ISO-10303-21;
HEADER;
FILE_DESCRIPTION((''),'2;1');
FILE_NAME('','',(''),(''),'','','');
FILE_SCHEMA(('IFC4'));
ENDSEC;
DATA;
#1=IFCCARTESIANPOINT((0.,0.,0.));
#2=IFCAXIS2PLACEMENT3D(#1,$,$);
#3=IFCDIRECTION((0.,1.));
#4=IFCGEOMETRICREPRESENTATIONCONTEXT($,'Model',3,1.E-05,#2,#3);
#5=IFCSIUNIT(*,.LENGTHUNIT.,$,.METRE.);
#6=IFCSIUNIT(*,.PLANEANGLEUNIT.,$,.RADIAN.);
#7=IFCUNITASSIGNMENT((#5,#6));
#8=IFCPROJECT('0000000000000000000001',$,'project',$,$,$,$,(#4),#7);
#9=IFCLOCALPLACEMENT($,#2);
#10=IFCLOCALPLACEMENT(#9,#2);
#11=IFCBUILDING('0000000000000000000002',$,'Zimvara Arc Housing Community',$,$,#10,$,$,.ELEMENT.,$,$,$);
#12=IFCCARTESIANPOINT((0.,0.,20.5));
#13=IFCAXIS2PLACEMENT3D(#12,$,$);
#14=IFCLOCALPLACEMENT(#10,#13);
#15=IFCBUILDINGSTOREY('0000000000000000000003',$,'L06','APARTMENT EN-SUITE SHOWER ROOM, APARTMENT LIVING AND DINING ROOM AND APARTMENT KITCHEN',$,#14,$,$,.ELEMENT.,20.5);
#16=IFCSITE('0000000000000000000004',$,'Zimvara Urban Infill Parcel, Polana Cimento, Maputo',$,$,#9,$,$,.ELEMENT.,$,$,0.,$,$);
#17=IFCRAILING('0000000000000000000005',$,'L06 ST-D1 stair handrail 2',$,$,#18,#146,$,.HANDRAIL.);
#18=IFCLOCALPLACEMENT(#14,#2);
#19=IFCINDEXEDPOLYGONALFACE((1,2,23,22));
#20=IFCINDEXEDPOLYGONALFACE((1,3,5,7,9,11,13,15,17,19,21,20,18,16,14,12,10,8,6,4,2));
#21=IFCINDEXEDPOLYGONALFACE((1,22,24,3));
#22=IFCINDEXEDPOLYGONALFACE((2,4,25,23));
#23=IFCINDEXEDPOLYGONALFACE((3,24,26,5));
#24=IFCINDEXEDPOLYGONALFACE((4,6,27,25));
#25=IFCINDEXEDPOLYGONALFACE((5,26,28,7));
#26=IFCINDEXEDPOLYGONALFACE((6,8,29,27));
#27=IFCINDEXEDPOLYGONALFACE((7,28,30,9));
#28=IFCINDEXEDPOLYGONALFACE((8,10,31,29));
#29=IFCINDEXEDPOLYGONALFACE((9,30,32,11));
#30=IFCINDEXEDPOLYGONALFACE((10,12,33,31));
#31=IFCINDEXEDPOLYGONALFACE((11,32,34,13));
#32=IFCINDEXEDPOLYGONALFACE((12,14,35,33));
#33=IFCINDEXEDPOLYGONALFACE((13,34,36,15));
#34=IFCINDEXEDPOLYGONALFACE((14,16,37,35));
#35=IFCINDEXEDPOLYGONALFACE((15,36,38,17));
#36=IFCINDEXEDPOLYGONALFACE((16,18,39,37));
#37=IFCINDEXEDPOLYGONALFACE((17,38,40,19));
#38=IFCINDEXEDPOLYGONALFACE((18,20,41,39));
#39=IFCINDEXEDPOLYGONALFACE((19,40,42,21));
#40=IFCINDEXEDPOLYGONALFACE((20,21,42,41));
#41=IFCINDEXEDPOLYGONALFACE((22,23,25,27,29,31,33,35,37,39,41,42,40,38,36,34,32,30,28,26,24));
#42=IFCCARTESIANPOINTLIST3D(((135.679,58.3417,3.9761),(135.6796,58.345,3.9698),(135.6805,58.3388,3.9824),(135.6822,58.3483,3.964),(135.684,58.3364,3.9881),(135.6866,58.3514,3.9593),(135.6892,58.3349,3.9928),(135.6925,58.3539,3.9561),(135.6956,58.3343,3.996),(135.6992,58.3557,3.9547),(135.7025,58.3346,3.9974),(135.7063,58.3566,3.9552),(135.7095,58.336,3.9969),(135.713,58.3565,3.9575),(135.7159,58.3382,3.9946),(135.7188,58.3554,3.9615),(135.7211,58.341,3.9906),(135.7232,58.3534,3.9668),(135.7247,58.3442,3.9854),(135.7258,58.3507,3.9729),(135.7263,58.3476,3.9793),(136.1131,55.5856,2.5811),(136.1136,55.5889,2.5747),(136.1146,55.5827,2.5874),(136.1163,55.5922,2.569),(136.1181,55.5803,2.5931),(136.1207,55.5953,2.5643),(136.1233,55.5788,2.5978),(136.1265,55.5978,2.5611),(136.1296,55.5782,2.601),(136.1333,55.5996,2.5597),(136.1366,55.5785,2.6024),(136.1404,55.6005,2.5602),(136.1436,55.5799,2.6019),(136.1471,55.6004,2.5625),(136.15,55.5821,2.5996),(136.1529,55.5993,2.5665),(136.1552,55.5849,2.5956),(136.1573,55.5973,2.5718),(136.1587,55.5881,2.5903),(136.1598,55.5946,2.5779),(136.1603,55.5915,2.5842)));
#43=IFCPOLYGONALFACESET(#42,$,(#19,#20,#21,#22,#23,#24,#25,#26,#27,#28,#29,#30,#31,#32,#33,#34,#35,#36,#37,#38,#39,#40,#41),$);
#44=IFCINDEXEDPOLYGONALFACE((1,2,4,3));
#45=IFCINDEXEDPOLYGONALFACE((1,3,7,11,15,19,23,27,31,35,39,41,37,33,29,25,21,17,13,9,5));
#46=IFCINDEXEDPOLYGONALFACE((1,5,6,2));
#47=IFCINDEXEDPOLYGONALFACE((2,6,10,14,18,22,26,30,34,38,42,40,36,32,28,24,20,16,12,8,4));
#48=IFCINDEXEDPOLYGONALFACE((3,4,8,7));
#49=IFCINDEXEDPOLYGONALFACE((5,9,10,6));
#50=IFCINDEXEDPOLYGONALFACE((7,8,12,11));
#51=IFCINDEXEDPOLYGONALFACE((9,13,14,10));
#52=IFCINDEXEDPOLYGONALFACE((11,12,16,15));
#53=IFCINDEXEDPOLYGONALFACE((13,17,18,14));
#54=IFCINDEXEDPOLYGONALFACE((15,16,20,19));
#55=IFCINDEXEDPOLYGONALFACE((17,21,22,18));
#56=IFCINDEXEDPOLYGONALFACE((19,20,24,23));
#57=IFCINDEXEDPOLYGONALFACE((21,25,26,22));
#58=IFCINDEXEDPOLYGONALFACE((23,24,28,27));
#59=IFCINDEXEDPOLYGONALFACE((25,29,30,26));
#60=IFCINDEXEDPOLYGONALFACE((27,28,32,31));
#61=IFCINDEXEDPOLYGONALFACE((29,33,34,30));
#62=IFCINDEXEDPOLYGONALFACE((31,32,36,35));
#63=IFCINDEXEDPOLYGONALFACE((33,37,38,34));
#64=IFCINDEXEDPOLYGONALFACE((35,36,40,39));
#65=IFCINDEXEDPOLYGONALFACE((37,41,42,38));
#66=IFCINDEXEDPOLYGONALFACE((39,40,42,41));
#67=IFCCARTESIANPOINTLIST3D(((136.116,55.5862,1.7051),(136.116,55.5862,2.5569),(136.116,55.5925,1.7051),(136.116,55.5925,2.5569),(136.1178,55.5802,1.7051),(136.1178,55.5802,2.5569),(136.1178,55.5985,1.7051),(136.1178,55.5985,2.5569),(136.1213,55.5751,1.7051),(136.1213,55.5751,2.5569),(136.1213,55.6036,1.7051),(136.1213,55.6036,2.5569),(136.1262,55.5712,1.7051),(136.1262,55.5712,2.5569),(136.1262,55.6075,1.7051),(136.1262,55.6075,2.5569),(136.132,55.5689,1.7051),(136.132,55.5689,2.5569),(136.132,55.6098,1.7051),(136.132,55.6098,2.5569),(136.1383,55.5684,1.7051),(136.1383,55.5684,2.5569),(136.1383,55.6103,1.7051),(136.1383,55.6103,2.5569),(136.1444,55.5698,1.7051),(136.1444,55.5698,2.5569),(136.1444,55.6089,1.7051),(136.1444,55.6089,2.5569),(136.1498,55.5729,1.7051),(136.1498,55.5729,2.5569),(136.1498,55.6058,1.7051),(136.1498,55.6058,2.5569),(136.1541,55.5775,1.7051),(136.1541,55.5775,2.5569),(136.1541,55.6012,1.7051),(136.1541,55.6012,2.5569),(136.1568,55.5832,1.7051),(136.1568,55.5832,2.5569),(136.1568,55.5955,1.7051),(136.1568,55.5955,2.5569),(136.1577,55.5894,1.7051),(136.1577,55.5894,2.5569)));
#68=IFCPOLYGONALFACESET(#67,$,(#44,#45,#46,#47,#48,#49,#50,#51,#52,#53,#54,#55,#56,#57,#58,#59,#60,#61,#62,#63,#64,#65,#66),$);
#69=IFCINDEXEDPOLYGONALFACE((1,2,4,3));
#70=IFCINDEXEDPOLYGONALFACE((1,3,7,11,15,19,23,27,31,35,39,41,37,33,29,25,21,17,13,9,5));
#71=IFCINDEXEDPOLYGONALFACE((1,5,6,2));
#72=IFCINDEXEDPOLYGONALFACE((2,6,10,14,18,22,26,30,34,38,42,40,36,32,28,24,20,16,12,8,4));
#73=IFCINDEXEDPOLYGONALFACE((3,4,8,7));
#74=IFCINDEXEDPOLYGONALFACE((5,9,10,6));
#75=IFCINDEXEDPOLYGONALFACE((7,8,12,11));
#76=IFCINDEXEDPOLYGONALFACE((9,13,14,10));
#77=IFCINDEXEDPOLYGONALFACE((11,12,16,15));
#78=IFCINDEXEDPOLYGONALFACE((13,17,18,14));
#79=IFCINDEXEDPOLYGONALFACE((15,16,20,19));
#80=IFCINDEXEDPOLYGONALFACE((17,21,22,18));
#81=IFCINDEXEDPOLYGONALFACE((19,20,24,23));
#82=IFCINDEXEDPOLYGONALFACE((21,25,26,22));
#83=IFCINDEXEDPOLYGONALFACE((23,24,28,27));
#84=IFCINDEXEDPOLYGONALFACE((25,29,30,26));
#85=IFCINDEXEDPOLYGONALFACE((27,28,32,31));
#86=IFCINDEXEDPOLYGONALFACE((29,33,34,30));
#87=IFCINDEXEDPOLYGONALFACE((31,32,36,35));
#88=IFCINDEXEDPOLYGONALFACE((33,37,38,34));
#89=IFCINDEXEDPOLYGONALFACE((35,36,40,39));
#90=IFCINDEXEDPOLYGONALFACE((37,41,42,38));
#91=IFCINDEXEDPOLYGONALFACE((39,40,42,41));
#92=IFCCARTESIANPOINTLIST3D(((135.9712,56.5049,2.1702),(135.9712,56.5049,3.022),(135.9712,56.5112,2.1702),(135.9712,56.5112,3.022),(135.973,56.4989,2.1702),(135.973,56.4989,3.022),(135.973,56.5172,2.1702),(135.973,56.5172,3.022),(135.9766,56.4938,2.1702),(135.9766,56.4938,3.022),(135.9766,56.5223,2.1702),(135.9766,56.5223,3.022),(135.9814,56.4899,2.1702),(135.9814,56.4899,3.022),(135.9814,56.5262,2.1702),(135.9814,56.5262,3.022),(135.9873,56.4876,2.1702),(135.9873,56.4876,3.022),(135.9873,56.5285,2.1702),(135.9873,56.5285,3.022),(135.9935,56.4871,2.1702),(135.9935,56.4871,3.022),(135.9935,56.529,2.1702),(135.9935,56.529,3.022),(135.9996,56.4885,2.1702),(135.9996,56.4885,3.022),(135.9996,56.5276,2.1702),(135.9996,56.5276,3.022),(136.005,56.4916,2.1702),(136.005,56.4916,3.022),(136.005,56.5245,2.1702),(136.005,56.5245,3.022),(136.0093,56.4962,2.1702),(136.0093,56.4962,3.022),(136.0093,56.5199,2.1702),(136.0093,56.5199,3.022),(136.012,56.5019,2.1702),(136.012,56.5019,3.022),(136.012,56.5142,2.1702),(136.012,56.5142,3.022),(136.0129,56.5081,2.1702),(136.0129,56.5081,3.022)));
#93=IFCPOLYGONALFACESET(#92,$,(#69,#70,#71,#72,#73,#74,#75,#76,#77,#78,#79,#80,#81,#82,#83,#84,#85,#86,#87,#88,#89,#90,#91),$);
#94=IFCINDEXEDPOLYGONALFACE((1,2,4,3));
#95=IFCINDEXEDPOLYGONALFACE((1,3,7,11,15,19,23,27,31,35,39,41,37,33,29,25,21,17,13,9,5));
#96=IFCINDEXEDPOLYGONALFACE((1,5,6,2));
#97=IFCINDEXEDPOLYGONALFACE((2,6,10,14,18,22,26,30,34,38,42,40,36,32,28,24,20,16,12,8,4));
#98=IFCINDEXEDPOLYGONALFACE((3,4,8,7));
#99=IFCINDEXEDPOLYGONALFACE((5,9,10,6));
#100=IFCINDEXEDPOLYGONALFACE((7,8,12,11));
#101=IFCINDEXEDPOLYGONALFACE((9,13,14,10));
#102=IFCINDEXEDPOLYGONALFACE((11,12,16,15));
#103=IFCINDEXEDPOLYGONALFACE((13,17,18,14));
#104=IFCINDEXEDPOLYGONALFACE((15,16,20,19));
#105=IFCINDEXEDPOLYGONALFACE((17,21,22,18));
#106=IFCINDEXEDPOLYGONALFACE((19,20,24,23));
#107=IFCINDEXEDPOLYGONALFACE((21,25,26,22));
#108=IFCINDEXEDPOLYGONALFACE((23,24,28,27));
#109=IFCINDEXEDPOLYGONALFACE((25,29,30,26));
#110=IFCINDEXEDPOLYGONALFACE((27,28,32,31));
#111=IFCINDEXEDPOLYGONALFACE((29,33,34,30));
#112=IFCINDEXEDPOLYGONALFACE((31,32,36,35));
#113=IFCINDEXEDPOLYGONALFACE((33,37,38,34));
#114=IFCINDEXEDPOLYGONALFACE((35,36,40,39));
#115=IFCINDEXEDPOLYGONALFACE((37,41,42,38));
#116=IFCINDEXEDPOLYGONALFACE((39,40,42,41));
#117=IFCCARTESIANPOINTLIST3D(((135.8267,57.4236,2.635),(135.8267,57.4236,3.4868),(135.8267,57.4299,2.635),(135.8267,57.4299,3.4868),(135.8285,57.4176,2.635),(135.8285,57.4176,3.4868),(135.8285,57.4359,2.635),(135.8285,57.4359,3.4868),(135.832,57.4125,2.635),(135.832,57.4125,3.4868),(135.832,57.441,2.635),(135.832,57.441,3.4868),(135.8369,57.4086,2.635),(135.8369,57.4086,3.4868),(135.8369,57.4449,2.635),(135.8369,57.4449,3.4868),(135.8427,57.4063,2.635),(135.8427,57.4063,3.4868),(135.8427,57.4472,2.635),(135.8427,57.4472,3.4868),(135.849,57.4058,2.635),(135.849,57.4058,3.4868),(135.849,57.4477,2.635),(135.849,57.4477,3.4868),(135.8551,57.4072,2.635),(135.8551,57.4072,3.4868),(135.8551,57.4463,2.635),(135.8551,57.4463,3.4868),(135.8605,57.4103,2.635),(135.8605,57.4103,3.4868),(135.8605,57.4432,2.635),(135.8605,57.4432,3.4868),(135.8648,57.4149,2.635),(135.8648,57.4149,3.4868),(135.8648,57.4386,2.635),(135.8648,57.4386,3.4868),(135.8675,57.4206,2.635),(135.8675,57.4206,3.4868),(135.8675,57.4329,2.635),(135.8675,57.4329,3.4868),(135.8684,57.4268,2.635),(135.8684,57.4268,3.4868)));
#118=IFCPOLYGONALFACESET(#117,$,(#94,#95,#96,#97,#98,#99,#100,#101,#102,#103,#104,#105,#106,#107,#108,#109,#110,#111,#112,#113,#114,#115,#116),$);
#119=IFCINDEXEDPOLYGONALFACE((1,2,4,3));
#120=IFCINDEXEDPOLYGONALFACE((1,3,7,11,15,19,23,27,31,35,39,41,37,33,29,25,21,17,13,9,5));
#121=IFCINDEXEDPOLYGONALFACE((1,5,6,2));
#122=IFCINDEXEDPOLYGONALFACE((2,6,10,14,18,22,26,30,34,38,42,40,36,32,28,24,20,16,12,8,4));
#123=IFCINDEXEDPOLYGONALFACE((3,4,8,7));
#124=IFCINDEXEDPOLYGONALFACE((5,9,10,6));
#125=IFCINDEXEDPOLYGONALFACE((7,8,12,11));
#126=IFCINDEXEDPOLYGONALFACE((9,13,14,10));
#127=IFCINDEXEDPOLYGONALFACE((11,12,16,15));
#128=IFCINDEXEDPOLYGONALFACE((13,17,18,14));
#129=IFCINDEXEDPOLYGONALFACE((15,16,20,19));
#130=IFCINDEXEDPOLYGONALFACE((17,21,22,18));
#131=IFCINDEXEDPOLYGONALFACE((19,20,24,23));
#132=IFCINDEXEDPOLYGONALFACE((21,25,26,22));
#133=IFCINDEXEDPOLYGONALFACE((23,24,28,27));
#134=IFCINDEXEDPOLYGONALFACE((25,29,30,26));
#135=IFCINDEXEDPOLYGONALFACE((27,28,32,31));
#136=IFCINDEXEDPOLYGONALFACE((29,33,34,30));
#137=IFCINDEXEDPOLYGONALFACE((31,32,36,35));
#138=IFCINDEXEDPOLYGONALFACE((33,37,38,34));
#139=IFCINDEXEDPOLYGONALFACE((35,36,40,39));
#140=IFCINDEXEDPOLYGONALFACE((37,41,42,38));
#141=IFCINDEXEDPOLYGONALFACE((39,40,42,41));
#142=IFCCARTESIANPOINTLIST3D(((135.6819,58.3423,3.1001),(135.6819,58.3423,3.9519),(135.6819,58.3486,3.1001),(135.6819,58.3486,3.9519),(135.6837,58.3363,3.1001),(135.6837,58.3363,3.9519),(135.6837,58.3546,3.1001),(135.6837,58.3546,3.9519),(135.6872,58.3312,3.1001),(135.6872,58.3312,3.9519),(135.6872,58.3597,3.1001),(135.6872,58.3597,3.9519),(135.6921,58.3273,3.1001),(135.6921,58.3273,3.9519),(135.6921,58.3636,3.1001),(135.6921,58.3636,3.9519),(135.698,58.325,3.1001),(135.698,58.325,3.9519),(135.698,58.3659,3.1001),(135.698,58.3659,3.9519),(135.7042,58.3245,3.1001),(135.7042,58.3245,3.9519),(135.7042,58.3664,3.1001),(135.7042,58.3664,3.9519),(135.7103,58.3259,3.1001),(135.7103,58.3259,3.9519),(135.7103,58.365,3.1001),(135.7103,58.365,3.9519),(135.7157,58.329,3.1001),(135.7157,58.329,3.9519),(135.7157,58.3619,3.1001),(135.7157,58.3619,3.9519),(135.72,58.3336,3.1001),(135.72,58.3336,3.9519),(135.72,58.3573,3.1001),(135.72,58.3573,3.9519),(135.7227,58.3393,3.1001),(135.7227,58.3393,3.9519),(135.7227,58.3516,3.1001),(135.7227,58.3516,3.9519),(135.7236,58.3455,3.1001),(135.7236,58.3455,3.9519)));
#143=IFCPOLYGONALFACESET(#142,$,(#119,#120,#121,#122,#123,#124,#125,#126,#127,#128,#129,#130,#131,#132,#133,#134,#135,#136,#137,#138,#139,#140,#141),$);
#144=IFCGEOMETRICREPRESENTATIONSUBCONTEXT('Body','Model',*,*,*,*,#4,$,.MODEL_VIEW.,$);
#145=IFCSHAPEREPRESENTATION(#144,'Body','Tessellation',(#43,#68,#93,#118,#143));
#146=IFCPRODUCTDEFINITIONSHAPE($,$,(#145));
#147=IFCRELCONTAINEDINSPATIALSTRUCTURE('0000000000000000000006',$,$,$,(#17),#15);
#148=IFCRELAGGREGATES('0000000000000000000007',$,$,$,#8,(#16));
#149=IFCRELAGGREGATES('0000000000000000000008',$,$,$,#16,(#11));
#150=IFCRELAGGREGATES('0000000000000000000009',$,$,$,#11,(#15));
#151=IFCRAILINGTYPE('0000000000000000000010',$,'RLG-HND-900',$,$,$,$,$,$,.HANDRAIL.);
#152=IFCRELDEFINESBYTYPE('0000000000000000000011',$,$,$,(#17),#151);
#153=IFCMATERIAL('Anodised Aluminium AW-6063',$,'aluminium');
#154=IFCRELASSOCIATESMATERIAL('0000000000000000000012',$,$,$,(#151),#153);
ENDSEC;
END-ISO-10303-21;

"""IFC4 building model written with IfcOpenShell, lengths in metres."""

from ifc_helpers import new_model, si_unit, direction, frame, origin, origin_2d, place, context, subcontext, project, spatial, circle, extrude, material, type_object, element, save


model = new_model("IFC4")

# Units and contexts
model_context = context("Model", 3, precision=1e-05, world=origin(), true_north=direction((0.0, 1.0)))
body_context = subcontext(model_context, "Body", "Model", "MODEL_VIEW")
ifc_project = project(units=[si_unit("LENGTHUNIT", "METRE"), si_unit("PLANEANGLEUNIT", "RADIAN")], contexts=[model_context])

# Site, building, storey
site_placement = place(None, origin())
site = spatial("IfcSite", under=ifc_project, at=site_placement, Name="Zimvara Urban Infill Parcel, Polana Cimento, Maputo", CompositionType="ELEMENT", RefElevation=0.0)
building_placement = place(site_placement, origin())
building = spatial("IfcBuilding", under=site, at=building_placement, Name="Zimvara Arc Housing Community", CompositionType="ELEMENT")
storey_placement = place(building_placement, frame((0.0, 0.0, 20.5)))
storey = spatial("IfcBuildingStorey", under=building, at=storey_placement, Name="L06", Description="APARTMENT EN-SUITE SHOWER ROOM, APARTMENT LIVING AND DINING ROOM AND APARTMENT KITCHEN", CompositionType="ELEMENT", Elevation=20.5)

# Railing
ifc_material_1 = material(Name="Anodised Aluminium AW-6063", Category="aluminium")
railing_type_1 = type_object("IfcRailingType", Name="RLG-HND-900", PredefinedType="HANDRAIL", material=ifc_material_1)
railing_1_placement = place(storey_placement, frame((136.1367, 55.5894, 1.7051)))
element("IfcRailing", 1, at=railing_1_placement, inside=storey, type_object=railing_type_1, Name="L06 ST-D1 stair handrail 2", PredefinedType="HANDRAIL", context=body_context, shape_type="SweptSolid", body=[
    extrude(circle(Radius=0.0239, at=origin_2d()), frame((0.0, 0.0, 0.876), z_axis=(-0.139156, 0.883538, 0.447209), x_axis=(-0.987823, -0.155581, 0.0)), (0.0, 0.0, 1.0), 3.1194),
    extrude(circle(Radius=0.021, at=origin_2d()), origin(), (0.0, 0.0, 1.0), 0.8518),
    extrude(circle(Radius=0.021, at=origin_2d()), frame((-0.1448, 0.9187, 0.4651)), (0.0, 0.0, 1.0), 0.8518),
    extrude(circle(Radius=0.021, at=origin_2d()), frame((-0.2893, 1.8374, 0.9299)), (0.0, 0.0, 1.0), 0.8518),
    extrude(circle(Radius=0.021, at=origin_2d()), frame((-0.4341, 2.7561, 1.395)), (0.0, 0.0, 1.0), 0.8518),
])

save(model, "model.ifc")
